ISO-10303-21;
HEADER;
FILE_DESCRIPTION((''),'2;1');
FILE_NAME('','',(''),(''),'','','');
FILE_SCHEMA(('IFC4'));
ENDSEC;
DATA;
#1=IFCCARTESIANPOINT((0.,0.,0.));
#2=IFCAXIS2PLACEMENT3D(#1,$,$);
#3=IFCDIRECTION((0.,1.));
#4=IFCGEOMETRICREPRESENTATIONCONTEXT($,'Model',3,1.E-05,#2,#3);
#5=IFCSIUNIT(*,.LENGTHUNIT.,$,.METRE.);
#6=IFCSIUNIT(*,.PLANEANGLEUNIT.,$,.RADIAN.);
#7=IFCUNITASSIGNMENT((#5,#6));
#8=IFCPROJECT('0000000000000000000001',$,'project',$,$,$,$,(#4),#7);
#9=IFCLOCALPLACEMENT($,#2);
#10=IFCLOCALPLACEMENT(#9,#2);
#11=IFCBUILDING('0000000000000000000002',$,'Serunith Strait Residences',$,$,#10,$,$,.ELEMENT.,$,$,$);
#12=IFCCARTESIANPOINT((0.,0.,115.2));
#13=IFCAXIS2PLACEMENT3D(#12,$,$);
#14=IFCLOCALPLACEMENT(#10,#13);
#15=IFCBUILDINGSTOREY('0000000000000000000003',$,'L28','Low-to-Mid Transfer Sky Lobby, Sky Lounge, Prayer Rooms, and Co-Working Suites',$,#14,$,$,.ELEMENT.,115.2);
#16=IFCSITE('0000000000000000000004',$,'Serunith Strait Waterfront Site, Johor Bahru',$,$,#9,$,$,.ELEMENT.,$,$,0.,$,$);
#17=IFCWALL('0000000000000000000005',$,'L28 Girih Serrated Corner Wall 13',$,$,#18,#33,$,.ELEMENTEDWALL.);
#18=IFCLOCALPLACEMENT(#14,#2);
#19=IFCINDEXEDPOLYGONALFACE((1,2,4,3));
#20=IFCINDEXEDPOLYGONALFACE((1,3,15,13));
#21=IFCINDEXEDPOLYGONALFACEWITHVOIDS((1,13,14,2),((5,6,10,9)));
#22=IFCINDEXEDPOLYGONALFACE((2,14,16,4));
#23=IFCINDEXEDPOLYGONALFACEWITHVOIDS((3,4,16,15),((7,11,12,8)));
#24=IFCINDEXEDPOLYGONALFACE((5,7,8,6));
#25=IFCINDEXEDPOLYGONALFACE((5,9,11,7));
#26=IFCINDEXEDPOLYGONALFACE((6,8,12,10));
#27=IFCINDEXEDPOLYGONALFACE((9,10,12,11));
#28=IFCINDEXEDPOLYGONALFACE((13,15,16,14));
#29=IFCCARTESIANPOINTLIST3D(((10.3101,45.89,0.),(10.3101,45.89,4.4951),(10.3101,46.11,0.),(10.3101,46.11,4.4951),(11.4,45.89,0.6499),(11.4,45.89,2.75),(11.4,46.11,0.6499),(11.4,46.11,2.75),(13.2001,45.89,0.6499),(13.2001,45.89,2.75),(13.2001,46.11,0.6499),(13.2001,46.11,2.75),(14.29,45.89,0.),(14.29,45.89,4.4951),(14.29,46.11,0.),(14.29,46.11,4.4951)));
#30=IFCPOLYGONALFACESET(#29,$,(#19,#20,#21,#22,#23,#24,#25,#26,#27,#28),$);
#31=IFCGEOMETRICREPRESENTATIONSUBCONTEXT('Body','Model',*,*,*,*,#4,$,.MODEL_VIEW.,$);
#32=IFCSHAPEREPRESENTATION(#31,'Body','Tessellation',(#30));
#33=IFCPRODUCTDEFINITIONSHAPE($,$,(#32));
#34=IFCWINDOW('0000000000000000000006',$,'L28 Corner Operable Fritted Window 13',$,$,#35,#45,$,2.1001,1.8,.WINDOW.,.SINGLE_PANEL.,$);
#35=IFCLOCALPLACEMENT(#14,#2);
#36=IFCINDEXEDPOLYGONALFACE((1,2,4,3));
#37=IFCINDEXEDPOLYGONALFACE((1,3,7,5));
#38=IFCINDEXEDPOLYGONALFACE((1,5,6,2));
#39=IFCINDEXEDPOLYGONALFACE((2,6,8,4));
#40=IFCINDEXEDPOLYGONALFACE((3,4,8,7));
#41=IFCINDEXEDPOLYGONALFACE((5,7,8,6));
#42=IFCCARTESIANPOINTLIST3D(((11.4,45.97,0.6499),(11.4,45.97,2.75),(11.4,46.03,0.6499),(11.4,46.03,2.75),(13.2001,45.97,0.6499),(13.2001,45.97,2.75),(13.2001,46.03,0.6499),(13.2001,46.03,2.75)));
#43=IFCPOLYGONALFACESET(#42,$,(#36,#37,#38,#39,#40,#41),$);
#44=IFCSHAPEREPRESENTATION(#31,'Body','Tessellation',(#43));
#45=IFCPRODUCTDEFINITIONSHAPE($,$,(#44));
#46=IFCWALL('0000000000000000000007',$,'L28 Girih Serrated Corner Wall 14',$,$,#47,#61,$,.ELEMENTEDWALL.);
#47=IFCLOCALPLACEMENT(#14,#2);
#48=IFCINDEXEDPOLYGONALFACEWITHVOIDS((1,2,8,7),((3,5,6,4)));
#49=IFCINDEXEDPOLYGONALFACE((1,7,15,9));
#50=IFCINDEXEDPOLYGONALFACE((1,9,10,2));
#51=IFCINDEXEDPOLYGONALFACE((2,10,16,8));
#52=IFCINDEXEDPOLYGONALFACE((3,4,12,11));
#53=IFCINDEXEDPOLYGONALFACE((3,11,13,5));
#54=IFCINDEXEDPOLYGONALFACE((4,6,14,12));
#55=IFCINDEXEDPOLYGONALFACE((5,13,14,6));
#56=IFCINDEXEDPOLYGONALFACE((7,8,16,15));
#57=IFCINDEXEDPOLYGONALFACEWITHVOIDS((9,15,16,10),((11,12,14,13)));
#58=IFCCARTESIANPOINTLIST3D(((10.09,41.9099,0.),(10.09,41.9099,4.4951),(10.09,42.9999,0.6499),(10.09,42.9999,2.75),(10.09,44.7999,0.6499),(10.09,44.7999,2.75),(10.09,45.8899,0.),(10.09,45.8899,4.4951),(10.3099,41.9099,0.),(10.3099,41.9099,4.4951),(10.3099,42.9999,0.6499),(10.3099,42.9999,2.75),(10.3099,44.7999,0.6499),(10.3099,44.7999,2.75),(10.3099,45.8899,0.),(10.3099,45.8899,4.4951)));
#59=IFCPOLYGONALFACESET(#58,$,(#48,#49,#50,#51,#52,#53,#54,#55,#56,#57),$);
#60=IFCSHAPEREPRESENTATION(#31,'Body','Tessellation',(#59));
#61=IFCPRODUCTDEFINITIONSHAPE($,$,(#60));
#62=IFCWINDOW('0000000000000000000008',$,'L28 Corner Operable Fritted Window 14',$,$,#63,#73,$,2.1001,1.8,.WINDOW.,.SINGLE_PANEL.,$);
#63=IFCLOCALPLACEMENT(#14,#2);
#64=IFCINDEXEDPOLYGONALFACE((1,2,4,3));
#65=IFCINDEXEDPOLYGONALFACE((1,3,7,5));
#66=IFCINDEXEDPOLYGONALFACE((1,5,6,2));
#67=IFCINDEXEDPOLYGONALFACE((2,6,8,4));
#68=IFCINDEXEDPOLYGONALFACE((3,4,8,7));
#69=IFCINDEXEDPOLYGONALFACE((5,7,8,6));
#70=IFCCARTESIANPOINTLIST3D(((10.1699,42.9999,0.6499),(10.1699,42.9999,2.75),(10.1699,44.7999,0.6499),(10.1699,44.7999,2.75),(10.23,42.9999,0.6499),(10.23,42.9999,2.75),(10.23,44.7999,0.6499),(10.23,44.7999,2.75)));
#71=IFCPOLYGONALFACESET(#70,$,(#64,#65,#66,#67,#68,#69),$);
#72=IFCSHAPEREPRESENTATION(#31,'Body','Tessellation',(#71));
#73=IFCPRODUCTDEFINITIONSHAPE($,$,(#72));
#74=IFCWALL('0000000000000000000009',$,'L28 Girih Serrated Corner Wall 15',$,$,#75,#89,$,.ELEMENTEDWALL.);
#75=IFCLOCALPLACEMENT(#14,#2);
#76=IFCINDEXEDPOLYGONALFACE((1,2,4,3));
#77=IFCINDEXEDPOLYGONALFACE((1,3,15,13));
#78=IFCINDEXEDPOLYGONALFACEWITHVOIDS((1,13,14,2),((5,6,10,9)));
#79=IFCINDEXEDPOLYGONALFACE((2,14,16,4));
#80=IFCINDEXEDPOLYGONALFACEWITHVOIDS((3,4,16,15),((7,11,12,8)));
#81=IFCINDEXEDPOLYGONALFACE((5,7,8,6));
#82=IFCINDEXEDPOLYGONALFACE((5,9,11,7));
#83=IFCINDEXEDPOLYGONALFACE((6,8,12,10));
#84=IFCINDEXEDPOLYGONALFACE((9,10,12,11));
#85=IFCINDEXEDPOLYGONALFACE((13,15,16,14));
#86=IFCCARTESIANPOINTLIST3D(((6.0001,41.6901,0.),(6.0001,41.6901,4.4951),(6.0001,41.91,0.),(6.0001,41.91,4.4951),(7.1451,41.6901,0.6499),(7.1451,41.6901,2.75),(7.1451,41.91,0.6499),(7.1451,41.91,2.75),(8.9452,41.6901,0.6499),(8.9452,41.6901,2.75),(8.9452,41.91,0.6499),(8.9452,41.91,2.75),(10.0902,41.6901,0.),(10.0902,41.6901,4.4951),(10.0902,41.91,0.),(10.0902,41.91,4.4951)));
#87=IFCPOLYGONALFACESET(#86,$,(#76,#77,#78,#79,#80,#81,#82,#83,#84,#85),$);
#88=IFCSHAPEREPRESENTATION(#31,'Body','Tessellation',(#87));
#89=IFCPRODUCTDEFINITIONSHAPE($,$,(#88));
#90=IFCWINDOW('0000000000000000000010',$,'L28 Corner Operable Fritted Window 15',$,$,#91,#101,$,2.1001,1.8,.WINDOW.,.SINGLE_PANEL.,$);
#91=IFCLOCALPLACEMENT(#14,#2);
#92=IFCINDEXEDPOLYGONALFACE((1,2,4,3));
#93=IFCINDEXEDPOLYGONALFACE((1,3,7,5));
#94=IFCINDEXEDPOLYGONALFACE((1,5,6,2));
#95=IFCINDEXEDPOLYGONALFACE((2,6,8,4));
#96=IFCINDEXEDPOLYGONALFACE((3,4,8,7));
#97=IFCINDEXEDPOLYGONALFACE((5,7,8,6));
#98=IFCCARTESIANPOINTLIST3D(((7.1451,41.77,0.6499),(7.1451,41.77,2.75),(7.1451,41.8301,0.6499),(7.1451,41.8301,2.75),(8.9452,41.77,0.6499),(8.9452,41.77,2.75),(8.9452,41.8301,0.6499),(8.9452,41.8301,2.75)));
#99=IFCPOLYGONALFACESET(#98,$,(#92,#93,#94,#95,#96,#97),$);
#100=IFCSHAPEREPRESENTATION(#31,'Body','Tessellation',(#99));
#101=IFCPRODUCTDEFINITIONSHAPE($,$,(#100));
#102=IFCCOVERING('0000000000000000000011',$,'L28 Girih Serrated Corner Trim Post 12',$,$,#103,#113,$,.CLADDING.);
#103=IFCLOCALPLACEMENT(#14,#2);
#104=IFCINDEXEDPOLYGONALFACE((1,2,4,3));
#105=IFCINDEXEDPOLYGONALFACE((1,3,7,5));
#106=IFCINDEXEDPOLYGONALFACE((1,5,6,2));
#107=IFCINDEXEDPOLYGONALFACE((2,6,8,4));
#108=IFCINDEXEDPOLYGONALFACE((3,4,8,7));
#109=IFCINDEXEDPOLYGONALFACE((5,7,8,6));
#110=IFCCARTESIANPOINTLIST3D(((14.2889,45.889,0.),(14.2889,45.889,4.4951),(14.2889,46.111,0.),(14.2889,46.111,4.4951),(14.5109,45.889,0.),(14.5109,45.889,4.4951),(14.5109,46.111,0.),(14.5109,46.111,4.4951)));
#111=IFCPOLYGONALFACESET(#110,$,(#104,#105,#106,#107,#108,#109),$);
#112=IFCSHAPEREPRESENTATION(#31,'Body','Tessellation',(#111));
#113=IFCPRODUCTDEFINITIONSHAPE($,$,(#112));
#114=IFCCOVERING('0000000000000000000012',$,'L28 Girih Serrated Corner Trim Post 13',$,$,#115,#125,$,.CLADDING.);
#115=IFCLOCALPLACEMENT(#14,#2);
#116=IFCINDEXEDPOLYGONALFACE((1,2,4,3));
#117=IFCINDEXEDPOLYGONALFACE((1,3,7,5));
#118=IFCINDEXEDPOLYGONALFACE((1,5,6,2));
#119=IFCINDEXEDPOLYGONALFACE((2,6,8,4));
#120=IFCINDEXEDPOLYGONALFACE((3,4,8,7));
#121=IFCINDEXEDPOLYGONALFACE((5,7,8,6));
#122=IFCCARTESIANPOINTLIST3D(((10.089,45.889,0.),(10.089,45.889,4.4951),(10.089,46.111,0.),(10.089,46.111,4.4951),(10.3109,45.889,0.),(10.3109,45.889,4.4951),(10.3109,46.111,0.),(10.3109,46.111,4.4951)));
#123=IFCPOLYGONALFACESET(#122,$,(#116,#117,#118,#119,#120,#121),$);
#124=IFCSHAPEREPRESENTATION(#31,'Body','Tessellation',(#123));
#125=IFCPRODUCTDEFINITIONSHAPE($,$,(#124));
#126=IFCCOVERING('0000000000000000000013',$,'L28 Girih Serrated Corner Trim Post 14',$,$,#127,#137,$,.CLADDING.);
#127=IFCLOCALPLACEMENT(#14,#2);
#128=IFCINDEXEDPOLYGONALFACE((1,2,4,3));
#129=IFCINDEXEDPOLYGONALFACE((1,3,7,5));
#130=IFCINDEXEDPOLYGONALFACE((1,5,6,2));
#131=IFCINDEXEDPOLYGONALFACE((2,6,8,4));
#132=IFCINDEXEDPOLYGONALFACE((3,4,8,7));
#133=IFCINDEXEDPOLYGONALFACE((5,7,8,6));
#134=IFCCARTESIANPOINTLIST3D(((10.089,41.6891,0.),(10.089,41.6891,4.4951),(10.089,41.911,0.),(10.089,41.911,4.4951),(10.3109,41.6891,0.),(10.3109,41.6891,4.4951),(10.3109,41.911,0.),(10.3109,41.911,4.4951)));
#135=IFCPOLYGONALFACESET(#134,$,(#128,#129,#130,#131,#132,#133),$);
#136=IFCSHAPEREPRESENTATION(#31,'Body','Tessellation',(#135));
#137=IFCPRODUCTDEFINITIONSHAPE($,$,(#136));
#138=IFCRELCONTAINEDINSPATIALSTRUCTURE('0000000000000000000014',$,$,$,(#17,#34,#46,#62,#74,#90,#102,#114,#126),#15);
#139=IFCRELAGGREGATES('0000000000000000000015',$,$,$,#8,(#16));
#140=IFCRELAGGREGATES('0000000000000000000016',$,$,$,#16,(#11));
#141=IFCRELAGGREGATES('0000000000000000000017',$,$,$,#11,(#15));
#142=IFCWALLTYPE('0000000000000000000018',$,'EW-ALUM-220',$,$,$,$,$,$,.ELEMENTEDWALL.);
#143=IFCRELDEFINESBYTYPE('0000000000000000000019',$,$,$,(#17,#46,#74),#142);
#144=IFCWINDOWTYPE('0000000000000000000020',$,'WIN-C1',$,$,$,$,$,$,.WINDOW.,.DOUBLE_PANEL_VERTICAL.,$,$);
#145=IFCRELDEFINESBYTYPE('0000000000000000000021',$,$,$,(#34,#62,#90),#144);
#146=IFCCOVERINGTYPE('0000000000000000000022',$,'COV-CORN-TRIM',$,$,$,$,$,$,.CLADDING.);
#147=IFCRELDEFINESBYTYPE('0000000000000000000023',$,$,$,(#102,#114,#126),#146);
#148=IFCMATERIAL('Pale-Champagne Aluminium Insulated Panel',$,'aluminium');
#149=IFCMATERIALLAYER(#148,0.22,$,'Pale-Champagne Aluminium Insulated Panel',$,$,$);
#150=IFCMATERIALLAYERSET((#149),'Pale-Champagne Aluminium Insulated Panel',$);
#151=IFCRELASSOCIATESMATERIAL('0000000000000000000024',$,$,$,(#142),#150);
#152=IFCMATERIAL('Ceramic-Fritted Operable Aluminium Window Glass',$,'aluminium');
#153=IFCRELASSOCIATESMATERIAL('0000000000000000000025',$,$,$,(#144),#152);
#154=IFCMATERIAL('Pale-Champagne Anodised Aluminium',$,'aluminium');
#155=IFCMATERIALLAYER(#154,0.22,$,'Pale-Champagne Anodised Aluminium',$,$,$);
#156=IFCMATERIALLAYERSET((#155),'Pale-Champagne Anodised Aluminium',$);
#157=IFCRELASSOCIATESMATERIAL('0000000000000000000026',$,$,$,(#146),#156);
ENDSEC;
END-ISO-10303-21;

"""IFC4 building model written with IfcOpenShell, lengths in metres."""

from ifc_helpers import new_model, si_unit, direction, frame, frame_2d, origin, origin_2d, place, context, subcontext, project, spatial, rectangle, extrude, source, transform, mapped, material, layer, layer_set, type_object, element, fill, save


model = new_model("IFC4")

# Units and contexts
model_context = context("Model", 3, precision=1e-05, world=origin(), true_north=direction((0.0, 1.0)))
body_context = subcontext(model_context, "Body", "Model", "MODEL_VIEW")
ifc_project = project(units=[si_unit("LENGTHUNIT", "METRE"), si_unit("PLANEANGLEUNIT", "RADIAN")], contexts=[model_context])

# Site, building, storey
site_placement = place(None, origin())
site = spatial("IfcSite", under=ifc_project, at=site_placement, Name="Serunith Strait Waterfront Site, Johor Bahru", CompositionType="ELEMENT", RefElevation=0.0)
building_placement = place(site_placement, origin())
building = spatial("IfcBuilding", under=site, at=building_placement, Name="Serunith Strait Residences", CompositionType="ELEMENT")
storey_placement = place(building_placement, frame((0.0, 0.0, 115.2)))
storey = spatial("IfcBuildingStorey", under=building, at=storey_placement, Name="L28", Description="Low-to-Mid Transfer Sky Lobby, Sky Lounge, Prayer Rooms, and Co-Working Suites", CompositionType="ELEMENT", Elevation=115.2)

# Shared definitions
ifc_material_1 = material(Name="Pale-Champagne Anodised Aluminium", Category="aluminium")

# Walls, openings, windows
ifc_material_2 = material(Name="Pale-Champagne Aluminium Insulated Panel", Category="aluminium")
ifc_layer_1 = layer(ifc_material_2, 0.22, Name="Pale-Champagne Aluminium Insulated Panel")
ifc_layer_set_1 = layer_set([ifc_layer_1], Name="Pale-Champagne Aluminium Insulated Panel")
wall_type = type_object("IfcWallType", Name="EW-ALUM-220", PredefinedType="ELEMENTEDWALL", material=ifc_layer_set_1)
ifc_material_3 = material(Name="Ceramic-Fritted Operable Aluminium Window Glass", Category="aluminium")
window_type = type_object("IfcWindowType", Name="WIN-C1", PartitioningType="DOUBLE_PANEL_VERTICAL", PredefinedType="WINDOW", material=ifc_material_3)
shared_shape_1 = source(origin(), body_context, "Body", "SweptSolid", [
    extrude(rectangle(XDim=1.8, YDim=2.1001, at=frame_2d((0.8999, 1.05))), frame((0.0, 0.03, 0.0), z_axis=(0.0, -1.0, 0.0), x_axis=(1.0, 0.0, 0.0)), (0.0, 0.0, 1.0), 0.0601),
])
wall_1_placement = place(storey_placement, frame((14.29, 46.0, 0.0), z_axis=(0.0, 0.0, 1.0), x_axis=(-1.0, 0.0, 0.0)))
wall_1 = element("IfcWall", 1, at=wall_1_placement, inside=storey, type_object=wall_type, Name="L28 Girih Serrated Corner Wall 13", PredefinedType="ELEMENTEDWALL", context=body_context, shape_type="SweptSolid", body=[
    extrude(rectangle(XDim=3.98, YDim=0.22, at=frame_2d((1.99, 0.0))), origin(), (0.0, 0.0, 1.0), 4.4951),
])
opening_1_placement = place(wall_1_placement, frame((1.0901, 0.0, 0.6499)))
opening_1 = element("IfcOpeningElement", 2, at=opening_1_placement, cuts=wall_1, PredefinedType="OPENING", context=body_context, shape_type="SweptSolid", body=[
    extrude(rectangle(XDim=1.8, YDim=2.1001, at=frame_2d((0.8999, 1.05))), frame((0.0, 0.1201, 0.0), z_axis=(0.0, -1.0, 0.0), x_axis=(1.0, 0.0, 0.0)), (0.0, 0.0, 1.0), 0.24),
])
window_1_placement = place(opening_1_placement, origin())
window_1 = element("IfcWindow", 3, at=window_1_placement, inside=storey, type_object=window_type, Name="L28 Corner Operable Fritted Window 13", OverallHeight=2.1001, OverallWidth=1.8, PartitioningType="SINGLE_PANEL", PredefinedType="WINDOW", context=body_context, shape_type="MappedRepresentation", body=[
    mapped(shared_shape_1, transform((0.0, 0.0, 0.0), scale=1.0)),
])
fill(opening_1, window_1)
wall_2_placement = place(storey_placement, frame((10.2, 45.8899, 0.0), z_axis=(0.0, 0.0, 1.0), x_axis=(0.0, -1.0, 0.0)))
wall_2 = element("IfcWall", 4, at=wall_2_placement, inside=storey, type_object=wall_type, Name="L28 Girih Serrated Corner Wall 14", PredefinedType="ELEMENTEDWALL", context=body_context, shape_type="SweptSolid", body=[
    extrude(rectangle(XDim=3.98, YDim=0.22, at=frame_2d((1.99, 0.0))), origin(), (0.0, 0.0, 1.0), 4.4951),
])
opening_2_placement = place(wall_2_placement, frame((1.0901, 0.0, 0.6499)))
opening_2 = element("IfcOpeningElement", 5, at=opening_2_placement, cuts=wall_2, PredefinedType="OPENING", context=body_context, shape_type="SweptSolid", body=[
    extrude(rectangle(XDim=1.8, YDim=2.1001, at=frame_2d((0.8999, 1.05))), frame((0.0, 0.1201, 0.0), z_axis=(0.0, -1.0, 0.0), x_axis=(1.0, 0.0, 0.0)), (0.0, 0.0, 1.0), 0.24),
])
window_2_placement = place(opening_2_placement, origin())
window_2 = element("IfcWindow", 6, at=window_2_placement, inside=storey, type_object=window_type, Name="L28 Corner Operable Fritted Window 14", OverallHeight=2.1001, OverallWidth=1.8, PartitioningType="SINGLE_PANEL", PredefinedType="WINDOW", context=body_context, shape_type="MappedRepresentation", body=[
    mapped(shared_shape_1, transform((0.0, 0.0, 0.0), scale=1.0)),
])
fill(opening_2, window_2)
wall_3_placement = place(storey_placement, frame((10.0901, 41.8, 0.0), z_axis=(0.0, 0.0, 1.0), x_axis=(-1.0, 0.0, 0.0)))
wall_3 = element("IfcWall", 7, at=wall_3_placement, inside=storey, type_object=wall_type, Name="L28 Girih Serrated Corner Wall 15", PredefinedType="ELEMENTEDWALL", context=body_context, shape_type="SweptSolid", body=[
    extrude(rectangle(XDim=4.0901, YDim=0.22, at=frame_2d((2.0449, 0.0))), origin(), (0.0, 0.0, 1.0), 4.4951),
])
opening_3_placement = place(wall_3_placement, frame((1.145, 0.0, 0.6499)))
opening_3 = element("IfcOpeningElement", 8, at=opening_3_placement, cuts=wall_3, PredefinedType="OPENING", context=body_context, shape_type="SweptSolid", body=[
    extrude(rectangle(XDim=1.8, YDim=2.1001, at=frame_2d((0.8999, 1.05))), frame((0.0, 0.1201, 0.0), z_axis=(0.0, -1.0, 0.0), x_axis=(1.0, 0.0, 0.0)), (0.0, 0.0, 1.0), 0.24),
])
window_3_placement = place(opening_3_placement, origin())
window_3 = element("IfcWindow", 9, at=window_3_placement, inside=storey, type_object=window_type, Name="L28 Corner Operable Fritted Window 15", OverallHeight=2.1001, OverallWidth=1.8, PartitioningType="SINGLE_PANEL", PredefinedType="WINDOW", context=body_context, shape_type="MappedRepresentation", body=[
    mapped(shared_shape_1, transform((0.0, 0.0, 0.0), scale=1.0)),
])
fill(opening_3, window_3)

# Coverings
ifc_layer_2 = layer(ifc_material_1, 0.22, Name="Pale-Champagne Anodised Aluminium")
ifc_layer_set_2 = layer_set([ifc_layer_2], Name="Pale-Champagne Anodised Aluminium")
covering_type = type_object("IfcCoveringType", Name="COV-CORN-TRIM", PredefinedType="CLADDING", material=ifc_layer_set_2)
shared_shape_2 = source(origin(), body_context, "Body", "SweptSolid", [
    extrude(rectangle(XDim=0.2219, YDim=0.2219, at=origin_2d()), origin(), (0.0, 0.0, 1.0), 4.4951),
])
for number, where, z_axis, x_axis, name in (
    (10, (14.3999, 46.0, 0.0), (0.0, 0.0, 1.0), (1.0, 0.0, 0.0), "L28 Girih Serrated Corner Trim Post 12"),
    (11, (10.2, 46.0, 0.0), (0.0, 0.0, 1.0), (1.0, 0.0, 0.0), "L28 Girih Serrated Corner Trim Post 13"),
    (12, (10.2, 41.8, 0.0), (0.0, 0.0, 1.0), (1.0, 0.0, 0.0), "L28 Girih Serrated Corner Trim Post 14"),
):
    element("IfcCovering", number, at=place(storey_placement, frame(where, z_axis=z_axis, x_axis=x_axis)), inside=storey, type_object=covering_type, Name=name, PredefinedType="CLADDING", context=body_context, shape_type="MappedRepresentation", body=[
        mapped(shared_shape_2, transform((0.0, 0.0, 0.0), scale=1.0)),
    ])

save(model, "model.ifc")
